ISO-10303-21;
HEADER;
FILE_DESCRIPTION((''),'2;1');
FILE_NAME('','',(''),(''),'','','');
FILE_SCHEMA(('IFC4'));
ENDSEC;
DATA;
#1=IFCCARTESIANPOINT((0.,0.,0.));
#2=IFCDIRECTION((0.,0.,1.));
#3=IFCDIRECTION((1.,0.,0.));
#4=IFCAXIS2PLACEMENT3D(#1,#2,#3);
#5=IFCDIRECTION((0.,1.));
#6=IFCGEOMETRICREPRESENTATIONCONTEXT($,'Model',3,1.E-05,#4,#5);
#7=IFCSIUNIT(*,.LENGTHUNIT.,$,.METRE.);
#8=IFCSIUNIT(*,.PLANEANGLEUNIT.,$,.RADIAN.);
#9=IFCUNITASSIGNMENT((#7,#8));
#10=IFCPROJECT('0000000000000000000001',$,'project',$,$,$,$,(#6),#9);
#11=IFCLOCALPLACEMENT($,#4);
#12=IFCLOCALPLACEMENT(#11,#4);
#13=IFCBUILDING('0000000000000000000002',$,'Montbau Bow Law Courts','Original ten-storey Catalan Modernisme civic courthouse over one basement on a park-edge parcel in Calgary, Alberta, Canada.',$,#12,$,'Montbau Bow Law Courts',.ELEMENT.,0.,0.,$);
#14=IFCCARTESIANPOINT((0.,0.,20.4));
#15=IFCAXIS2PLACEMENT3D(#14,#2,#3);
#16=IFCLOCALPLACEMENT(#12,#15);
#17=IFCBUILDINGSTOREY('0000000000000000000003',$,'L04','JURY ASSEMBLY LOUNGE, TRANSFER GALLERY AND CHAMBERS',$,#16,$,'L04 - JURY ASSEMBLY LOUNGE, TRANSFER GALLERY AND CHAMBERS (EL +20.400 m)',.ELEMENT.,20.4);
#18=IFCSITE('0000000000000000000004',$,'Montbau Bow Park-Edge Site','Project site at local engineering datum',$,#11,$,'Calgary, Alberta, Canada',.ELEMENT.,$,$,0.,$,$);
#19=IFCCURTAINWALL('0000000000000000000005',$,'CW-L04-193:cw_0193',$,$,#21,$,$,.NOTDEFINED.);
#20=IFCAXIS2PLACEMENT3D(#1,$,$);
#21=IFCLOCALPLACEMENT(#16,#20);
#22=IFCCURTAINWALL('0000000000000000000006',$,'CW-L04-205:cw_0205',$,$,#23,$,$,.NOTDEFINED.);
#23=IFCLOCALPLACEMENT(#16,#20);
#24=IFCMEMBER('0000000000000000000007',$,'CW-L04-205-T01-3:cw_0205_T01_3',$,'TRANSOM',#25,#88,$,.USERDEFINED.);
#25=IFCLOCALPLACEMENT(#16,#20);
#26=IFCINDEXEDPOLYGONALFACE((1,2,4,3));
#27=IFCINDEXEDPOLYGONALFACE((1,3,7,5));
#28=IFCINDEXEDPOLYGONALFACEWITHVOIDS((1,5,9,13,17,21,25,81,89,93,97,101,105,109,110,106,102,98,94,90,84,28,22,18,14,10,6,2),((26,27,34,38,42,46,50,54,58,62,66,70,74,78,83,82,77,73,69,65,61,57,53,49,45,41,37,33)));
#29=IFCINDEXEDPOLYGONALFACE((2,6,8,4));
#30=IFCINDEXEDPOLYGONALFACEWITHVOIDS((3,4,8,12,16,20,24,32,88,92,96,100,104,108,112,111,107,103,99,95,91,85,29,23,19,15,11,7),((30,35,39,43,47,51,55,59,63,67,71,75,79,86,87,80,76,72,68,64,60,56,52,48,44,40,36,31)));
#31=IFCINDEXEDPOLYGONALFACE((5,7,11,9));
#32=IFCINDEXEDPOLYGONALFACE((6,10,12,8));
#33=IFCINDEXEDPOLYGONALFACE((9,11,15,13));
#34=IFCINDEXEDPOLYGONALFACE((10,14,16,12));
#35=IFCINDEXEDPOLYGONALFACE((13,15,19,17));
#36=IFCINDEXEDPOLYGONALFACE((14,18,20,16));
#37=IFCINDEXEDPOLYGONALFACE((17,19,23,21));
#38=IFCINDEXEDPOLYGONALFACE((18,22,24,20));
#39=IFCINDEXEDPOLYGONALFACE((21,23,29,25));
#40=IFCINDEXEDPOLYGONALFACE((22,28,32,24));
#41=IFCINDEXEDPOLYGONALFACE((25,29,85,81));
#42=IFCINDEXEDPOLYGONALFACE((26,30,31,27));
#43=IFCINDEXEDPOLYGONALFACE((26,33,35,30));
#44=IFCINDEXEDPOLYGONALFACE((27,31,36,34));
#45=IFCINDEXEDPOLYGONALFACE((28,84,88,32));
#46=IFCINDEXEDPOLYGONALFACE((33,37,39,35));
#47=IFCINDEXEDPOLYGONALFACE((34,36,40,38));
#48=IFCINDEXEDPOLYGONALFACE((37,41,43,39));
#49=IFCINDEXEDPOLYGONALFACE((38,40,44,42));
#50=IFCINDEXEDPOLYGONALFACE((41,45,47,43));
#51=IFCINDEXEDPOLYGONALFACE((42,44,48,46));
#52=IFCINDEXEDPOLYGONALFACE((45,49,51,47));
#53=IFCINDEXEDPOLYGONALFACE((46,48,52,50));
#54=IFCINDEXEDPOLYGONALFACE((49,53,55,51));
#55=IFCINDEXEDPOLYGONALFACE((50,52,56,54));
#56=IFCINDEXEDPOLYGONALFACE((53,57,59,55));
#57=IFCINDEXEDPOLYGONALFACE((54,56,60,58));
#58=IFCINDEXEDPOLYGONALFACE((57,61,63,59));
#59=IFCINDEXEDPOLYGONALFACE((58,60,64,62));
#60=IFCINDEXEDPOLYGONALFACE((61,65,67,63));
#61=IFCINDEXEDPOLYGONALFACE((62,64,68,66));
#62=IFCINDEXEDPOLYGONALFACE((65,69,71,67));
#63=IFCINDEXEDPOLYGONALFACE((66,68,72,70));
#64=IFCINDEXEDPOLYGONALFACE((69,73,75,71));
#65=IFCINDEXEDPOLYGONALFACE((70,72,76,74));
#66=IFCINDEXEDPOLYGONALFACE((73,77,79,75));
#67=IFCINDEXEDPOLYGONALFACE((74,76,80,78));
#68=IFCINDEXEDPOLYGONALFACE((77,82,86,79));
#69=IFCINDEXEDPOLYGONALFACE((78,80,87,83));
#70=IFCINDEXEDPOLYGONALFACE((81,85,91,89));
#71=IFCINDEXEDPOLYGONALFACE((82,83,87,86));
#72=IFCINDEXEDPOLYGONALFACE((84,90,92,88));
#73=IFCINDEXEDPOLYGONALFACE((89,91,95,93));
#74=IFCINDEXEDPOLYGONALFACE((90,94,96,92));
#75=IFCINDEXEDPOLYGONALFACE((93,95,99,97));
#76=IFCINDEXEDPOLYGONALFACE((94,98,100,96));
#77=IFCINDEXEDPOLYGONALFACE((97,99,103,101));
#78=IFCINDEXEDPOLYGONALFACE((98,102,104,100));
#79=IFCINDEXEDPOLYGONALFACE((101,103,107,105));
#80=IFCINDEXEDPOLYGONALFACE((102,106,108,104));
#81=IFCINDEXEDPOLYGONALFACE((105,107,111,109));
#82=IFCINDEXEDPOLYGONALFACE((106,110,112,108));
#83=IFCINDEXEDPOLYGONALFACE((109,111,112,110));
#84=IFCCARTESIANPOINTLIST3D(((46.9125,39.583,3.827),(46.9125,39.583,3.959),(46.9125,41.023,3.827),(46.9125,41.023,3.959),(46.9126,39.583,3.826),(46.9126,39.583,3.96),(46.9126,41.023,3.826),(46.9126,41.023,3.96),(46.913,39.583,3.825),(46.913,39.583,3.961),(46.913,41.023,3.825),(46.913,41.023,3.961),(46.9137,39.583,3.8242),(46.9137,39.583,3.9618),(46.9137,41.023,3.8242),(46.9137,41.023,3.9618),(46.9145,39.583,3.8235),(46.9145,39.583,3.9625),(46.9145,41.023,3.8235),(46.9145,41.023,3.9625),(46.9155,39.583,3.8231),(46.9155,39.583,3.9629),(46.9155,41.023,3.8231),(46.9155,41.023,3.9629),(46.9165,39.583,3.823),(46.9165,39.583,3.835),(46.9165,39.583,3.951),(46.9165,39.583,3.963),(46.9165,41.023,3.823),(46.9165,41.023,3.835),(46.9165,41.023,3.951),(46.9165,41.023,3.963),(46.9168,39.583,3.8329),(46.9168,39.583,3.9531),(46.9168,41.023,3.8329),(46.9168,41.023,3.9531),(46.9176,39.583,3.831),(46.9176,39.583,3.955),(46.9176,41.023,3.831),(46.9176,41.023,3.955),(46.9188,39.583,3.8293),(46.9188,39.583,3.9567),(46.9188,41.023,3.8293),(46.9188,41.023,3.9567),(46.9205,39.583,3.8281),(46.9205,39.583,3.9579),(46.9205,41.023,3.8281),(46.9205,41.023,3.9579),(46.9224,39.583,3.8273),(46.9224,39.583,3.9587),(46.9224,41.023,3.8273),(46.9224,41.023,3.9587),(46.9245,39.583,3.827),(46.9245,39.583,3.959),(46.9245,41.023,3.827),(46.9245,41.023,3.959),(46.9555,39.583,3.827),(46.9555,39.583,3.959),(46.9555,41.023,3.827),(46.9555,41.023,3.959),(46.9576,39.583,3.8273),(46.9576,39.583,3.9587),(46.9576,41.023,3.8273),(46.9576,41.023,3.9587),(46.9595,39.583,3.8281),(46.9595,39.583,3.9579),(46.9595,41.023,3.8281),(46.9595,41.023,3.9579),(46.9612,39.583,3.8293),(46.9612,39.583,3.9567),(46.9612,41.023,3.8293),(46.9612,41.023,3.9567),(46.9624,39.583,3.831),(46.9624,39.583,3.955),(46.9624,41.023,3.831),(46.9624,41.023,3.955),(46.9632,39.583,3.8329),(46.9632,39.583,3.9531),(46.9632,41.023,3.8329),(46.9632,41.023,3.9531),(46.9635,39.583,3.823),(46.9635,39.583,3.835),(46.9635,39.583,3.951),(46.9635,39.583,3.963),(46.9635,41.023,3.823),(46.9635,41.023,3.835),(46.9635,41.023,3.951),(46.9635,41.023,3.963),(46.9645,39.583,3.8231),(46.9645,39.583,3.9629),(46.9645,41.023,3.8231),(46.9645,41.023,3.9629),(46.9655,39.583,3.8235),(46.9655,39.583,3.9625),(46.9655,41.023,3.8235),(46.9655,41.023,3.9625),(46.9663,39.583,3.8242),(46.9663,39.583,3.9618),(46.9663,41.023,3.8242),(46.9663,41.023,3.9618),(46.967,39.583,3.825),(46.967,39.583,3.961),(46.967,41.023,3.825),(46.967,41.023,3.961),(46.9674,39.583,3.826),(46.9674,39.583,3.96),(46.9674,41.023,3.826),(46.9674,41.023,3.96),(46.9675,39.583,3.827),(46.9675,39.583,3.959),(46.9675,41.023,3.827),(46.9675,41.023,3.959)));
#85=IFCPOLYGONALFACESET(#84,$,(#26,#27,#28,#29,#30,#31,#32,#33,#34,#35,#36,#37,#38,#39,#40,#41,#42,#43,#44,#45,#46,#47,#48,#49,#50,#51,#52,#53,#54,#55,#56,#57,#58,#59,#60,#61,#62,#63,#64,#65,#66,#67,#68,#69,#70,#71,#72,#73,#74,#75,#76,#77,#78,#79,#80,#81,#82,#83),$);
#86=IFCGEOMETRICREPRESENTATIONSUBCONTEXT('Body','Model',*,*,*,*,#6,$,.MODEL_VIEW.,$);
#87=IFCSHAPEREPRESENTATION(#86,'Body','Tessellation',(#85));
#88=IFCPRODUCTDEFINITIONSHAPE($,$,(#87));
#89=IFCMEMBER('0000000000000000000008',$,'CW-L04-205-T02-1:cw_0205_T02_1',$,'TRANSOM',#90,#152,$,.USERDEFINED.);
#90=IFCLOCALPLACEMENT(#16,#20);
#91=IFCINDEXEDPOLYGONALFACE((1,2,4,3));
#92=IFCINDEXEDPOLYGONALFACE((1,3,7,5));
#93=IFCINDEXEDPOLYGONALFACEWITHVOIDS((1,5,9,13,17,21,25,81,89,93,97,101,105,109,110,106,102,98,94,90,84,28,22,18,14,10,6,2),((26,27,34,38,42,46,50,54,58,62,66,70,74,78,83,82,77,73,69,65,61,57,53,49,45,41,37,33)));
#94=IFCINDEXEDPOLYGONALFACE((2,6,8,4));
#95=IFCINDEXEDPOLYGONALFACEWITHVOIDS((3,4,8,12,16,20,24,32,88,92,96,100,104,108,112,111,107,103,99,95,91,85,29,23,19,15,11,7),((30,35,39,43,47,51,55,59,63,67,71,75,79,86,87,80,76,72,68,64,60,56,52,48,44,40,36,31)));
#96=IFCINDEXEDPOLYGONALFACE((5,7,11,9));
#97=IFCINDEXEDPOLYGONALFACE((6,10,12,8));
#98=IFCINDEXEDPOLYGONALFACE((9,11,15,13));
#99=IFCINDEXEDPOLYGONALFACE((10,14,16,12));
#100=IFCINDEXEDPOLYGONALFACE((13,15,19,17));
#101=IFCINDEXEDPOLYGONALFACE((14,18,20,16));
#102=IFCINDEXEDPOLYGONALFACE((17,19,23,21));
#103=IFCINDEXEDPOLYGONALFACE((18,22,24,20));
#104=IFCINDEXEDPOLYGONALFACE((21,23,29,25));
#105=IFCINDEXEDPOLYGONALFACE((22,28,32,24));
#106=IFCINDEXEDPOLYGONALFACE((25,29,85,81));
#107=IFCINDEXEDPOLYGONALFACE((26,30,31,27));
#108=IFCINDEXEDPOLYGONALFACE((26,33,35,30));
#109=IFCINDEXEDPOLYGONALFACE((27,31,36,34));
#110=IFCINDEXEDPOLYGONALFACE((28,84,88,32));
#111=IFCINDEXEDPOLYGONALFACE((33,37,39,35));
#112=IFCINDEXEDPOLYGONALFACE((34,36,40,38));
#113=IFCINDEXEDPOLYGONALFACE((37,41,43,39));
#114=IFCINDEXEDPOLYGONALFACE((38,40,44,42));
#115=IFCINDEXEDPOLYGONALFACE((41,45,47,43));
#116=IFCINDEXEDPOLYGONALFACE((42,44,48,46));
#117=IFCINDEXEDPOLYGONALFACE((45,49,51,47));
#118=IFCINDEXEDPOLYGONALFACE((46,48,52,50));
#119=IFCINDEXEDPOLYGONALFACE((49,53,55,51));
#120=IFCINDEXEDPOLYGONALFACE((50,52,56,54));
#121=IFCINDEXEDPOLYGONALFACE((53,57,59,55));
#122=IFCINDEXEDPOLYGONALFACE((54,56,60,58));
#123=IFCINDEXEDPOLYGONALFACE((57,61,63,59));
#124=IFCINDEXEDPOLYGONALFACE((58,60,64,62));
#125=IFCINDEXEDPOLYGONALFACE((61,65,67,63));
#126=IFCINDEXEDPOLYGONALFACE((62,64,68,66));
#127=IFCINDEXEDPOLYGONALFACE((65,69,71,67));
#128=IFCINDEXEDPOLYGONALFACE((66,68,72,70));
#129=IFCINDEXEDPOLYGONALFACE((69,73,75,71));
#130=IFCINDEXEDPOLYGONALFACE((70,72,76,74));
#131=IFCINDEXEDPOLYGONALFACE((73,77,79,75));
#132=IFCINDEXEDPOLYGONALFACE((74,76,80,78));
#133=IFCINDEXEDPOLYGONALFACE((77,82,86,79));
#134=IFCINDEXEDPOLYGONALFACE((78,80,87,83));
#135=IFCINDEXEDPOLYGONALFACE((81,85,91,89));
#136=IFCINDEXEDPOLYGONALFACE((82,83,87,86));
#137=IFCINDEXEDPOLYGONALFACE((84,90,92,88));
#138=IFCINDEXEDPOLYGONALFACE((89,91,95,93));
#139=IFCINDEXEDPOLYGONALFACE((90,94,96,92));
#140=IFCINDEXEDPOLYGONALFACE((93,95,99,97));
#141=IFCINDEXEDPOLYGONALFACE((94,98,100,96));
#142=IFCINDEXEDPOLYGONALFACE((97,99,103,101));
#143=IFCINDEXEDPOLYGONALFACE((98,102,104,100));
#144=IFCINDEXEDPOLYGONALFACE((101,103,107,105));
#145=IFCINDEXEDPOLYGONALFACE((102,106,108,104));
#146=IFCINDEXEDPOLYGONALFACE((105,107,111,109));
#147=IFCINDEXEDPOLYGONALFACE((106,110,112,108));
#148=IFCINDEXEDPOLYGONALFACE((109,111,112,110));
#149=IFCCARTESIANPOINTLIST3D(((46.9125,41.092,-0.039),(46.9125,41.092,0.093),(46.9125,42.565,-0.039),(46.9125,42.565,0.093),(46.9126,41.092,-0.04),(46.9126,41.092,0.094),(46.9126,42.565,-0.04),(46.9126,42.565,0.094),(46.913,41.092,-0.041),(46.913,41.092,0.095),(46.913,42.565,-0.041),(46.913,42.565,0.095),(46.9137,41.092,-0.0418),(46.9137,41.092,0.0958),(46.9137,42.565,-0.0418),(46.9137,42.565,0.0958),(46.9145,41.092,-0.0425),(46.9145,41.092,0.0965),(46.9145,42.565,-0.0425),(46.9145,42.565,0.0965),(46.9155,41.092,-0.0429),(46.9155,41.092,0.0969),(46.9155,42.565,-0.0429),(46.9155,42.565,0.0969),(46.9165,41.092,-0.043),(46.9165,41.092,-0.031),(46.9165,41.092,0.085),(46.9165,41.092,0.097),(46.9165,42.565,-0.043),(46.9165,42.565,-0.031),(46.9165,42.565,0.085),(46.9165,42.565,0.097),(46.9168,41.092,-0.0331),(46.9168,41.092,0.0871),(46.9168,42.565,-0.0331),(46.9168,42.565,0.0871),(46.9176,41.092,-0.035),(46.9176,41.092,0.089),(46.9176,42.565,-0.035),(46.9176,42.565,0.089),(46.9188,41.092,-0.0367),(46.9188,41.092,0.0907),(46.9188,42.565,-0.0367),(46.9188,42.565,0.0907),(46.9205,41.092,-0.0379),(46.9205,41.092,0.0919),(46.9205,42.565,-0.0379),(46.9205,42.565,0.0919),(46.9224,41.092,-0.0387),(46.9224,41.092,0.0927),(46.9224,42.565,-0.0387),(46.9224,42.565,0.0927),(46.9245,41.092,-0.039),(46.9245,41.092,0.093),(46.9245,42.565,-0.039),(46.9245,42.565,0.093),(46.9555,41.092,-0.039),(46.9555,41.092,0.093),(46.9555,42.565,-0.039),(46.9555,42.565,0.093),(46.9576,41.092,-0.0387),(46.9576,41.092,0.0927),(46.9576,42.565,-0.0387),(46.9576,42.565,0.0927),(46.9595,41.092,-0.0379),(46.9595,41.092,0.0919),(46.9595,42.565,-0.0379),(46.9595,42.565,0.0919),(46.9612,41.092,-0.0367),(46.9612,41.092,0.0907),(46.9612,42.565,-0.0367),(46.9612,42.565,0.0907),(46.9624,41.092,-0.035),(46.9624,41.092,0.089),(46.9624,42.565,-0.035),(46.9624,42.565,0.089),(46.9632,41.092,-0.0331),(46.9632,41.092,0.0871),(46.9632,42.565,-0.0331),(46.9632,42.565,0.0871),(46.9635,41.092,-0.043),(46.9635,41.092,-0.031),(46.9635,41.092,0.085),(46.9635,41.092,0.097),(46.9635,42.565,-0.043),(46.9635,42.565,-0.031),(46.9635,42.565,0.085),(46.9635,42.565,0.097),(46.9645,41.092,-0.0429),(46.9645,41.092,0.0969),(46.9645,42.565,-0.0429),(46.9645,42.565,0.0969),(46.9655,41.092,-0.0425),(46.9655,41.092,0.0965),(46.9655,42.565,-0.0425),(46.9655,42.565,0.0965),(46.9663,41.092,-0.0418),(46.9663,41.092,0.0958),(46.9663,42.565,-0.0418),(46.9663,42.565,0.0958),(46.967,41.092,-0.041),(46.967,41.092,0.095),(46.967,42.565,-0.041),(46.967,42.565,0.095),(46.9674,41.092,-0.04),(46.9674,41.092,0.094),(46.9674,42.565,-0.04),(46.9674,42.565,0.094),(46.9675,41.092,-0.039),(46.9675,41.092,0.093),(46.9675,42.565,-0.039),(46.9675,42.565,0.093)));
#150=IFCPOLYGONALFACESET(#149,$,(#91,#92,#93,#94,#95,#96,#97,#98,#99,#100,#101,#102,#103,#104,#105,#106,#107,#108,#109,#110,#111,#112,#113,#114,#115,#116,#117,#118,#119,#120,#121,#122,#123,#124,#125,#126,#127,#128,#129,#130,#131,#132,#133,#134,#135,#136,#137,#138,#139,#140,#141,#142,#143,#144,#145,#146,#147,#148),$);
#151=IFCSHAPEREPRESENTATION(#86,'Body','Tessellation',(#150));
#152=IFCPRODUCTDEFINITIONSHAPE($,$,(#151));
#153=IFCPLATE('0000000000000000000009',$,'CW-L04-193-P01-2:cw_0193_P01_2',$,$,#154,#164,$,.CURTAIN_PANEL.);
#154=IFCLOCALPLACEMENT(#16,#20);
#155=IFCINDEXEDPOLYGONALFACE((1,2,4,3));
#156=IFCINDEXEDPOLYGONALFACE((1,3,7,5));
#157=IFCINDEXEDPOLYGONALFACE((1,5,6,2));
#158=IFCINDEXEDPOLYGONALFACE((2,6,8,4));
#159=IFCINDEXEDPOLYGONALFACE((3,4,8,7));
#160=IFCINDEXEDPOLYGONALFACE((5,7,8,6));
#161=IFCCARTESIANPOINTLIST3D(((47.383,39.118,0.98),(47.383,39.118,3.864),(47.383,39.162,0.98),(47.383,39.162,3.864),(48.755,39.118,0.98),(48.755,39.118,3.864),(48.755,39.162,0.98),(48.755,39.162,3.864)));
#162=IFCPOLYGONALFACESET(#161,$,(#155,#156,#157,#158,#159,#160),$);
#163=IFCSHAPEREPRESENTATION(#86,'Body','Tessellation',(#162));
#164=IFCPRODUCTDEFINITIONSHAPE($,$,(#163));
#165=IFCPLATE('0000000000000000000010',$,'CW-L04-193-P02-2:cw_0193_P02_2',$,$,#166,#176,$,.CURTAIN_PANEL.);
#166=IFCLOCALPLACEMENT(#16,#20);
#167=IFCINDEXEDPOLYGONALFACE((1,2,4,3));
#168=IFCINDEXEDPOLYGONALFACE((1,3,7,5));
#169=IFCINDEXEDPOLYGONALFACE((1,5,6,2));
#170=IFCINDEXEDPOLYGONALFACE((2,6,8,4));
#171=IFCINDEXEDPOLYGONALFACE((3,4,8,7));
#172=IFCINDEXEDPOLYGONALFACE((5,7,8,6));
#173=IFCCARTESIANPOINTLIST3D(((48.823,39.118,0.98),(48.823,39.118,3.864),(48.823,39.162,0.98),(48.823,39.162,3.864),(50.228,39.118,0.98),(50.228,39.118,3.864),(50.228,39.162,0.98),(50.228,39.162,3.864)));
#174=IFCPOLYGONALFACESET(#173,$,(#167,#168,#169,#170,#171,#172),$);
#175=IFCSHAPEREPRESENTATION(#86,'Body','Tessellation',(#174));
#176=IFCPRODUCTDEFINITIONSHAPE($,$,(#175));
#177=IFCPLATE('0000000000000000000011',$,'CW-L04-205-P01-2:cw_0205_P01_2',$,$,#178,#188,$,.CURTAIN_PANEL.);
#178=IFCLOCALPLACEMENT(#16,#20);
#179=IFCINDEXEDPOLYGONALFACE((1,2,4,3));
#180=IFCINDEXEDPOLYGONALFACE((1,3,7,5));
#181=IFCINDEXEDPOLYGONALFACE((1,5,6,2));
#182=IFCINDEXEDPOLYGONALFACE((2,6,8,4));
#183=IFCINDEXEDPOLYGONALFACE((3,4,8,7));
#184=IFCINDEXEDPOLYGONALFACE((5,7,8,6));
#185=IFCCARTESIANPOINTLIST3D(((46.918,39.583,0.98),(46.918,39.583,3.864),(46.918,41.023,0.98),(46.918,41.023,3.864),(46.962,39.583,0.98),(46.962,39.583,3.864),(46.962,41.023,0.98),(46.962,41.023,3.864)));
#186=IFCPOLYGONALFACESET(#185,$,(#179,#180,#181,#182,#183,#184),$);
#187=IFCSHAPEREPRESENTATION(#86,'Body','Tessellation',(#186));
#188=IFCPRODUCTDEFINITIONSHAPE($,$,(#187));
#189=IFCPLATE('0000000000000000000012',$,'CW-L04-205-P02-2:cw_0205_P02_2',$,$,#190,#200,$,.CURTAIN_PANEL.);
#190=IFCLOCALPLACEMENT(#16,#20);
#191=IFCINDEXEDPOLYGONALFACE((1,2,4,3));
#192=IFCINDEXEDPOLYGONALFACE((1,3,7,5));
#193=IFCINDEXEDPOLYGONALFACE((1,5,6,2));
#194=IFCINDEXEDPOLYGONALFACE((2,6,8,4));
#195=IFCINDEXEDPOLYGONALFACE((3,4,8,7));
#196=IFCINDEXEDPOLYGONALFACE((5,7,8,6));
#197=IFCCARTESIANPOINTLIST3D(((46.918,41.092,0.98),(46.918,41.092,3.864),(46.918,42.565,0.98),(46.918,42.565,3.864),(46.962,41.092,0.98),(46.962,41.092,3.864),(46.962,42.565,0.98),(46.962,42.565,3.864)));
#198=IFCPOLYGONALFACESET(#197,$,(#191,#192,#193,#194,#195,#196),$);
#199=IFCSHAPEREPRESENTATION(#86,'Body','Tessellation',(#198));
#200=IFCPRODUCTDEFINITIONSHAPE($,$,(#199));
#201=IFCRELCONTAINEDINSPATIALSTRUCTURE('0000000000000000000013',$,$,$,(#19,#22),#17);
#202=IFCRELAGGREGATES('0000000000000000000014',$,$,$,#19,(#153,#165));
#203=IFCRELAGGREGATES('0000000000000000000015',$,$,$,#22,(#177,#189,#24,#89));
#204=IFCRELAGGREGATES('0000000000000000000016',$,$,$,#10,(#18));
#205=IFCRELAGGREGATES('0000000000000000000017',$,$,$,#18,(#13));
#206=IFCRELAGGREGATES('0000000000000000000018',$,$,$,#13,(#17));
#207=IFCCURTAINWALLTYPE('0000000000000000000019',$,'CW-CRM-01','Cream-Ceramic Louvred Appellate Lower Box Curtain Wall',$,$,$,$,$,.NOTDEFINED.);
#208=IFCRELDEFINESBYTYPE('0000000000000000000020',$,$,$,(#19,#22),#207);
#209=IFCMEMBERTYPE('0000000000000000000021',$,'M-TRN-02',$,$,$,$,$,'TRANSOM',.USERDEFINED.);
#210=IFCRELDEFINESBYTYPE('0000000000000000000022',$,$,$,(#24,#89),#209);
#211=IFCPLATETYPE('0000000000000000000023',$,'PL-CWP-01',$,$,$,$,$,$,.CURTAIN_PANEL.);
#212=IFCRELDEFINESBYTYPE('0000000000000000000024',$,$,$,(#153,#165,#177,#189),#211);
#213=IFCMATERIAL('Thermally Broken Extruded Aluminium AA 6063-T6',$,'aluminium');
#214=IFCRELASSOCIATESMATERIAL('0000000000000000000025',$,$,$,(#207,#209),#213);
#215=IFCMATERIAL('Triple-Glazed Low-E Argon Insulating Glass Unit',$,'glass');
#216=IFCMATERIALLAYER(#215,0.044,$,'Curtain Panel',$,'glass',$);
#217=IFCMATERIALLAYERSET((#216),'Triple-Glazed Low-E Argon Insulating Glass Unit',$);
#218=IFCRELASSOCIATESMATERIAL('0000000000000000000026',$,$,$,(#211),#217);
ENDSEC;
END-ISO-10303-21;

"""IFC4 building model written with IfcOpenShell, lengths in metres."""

from ifc_helpers import new_model, si_unit, direction, frame, frame_2d, origin_with_axes, origin_2d_with_axis, place, context, subcontext, project, spatial, rectangle, hollow_rectangle, extrude, material, layer, layer_set, material_profile, profile_set, type_object, element, aggregate, save


model = new_model("IFC4")

# Units and contexts
model_context = context("Model", 3, precision=1e-05, world=origin_with_axes(), true_north=direction((0.0, 1.0)))
body_context = subcontext(model_context, "Body", "Model", "MODEL_VIEW")
ifc_project = project(units=[si_unit("LENGTHUNIT", "METRE"), si_unit("PLANEANGLEUNIT", "RADIAN")], contexts=[model_context])

# Site, building, storey
site_placement = place(None, origin_with_axes())
site = spatial("IfcSite", under=ifc_project, at=site_placement, Name="Montbau Bow Park-Edge Site", Description="Project site at local engineering datum", LongName="Calgary, Alberta, Canada", CompositionType="ELEMENT", RefElevation=0.0)
building_placement = place(site_placement, origin_with_axes())
building = spatial("IfcBuilding", under=site, at=building_placement, Name="Montbau Bow Law Courts", Description="Original ten-storey Catalan Modernisme civic courthouse over one basement on a park-edge parcel in Calgary, Alberta, Canada.", LongName="Montbau Bow Law Courts", CompositionType="ELEMENT", ElevationOfRefHeight=0.0, ElevationOfTerrain=0.0)
storey_placement = place(building_placement, frame((0.0, 0.0, 20.4), z_axis=(0.0, 0.0, 1.0), x_axis=(1.0, 0.0, 0.0)))
storey = spatial("IfcBuildingStorey", under=building, at=storey_placement, Name="L04", Description="JURY ASSEMBLY LOUNGE, TRANSFER GALLERY AND CHAMBERS", LongName="L04 - JURY ASSEMBLY LOUNGE, TRANSFER GALLERY AND CHAMBERS (EL +20.400 m)", CompositionType="ELEMENT", Elevation=20.4)

# Curtain walls
ifc_material_1 = material(Name="Thermally Broken Extruded Aluminium AA 6063-T6", Category="aluminium")
curtain_wall_type = type_object("IfcCurtainWallType", Name="CW-CRM-01", Description="Cream-Ceramic Louvred Appellate Lower Box Curtain Wall", PredefinedType="NOTDEFINED", material=ifc_material_1)
curtain_wall_1_placement = place(None, frame((47.315, 39.14, 20.4), z_axis=(0.0, 0.0, 1.0), x_axis=(1.0, 0.0, 0.0)))
curtain_wall_1 = element("IfcCurtainWall", 1, at=curtain_wall_1_placement, inside=storey, type_object=curtain_wall_type, Name="CW-L04-193:cw_0193", PredefinedType="NOTDEFINED")
curtain_wall_2_placement = place(None, frame((46.94, 39.515, 20.4), z_axis=(0.0, 0.0, 1.0), x_axis=(1.0, 0.0, 0.0)))
curtain_wall_2 = element("IfcCurtainWall", 2, at=curtain_wall_2_placement, inside=storey, type_object=curtain_wall_type, Name="CW-L04-205:cw_0205", PredefinedType="NOTDEFINED")

# Members
ifc_material_profile_1 = material_profile(ifc_material_1, hollow_rectangle(XDim=0.055, YDim=0.14, WallThickness=0.004, InnerFilletRadius=0.008, OuterFilletRadius=0.004, at=origin_2d_with_axis()), Name="CWT-140X55", Category="Main", Priority=0)
ifc_profile_set_1 = profile_set([ifc_material_profile_1], Name="Thermally Broken Extruded Aluminium AA 6063-T6")
member_type_1 = type_object("IfcMemberType", Name="M-TRN-02", ElementType="TRANSOM", PredefinedType="USERDEFINED", material=ifc_profile_set_1)
member_1_placement = place(None, frame((46.94, 39.583, 24.293), z_axis=(0.0, 1.0, 0.0), x_axis=(-1.0, 0.0, 0.0)))
member_1 = element("IfcMember", 3, at=member_1_placement, type_object=member_type_1, Name="CW-L04-205-T01-3:cw_0205_T01_3", ObjectType="TRANSOM", PredefinedType="USERDEFINED", context=body_context, shape_type="SweptSolid", body=[
    extrude(hollow_rectangle(XDim=0.055, YDim=0.14, WallThickness=0.004, InnerFilletRadius=0.008, OuterFilletRadius=0.004, at=origin_2d_with_axis()), origin_with_axes(), (0.0, 0.0, 1.0), 1.44),
])
member_2_placement = place(None, frame((46.94, 41.092, 20.427), z_axis=(0.0, 1.0, 0.0), x_axis=(-1.0, 0.0, 0.0)))
member_2 = element("IfcMember", 4, at=member_2_placement, type_object=member_type_1, Name="CW-L04-205-T02-1:cw_0205_T02_1", ObjectType="TRANSOM", PredefinedType="USERDEFINED", context=body_context, shape_type="SweptSolid", body=[
    extrude(hollow_rectangle(XDim=0.055, YDim=0.14, WallThickness=0.004, InnerFilletRadius=0.008, OuterFilletRadius=0.004, at=origin_2d_with_axis()), origin_with_axes(), (0.0, 0.0, 1.0), 1.473),
])

# Plates
ifc_material_2 = material(Name="Triple-Glazed Low-E Argon Insulating Glass Unit", Category="glass")
ifc_layer_1 = layer(ifc_material_2, 0.044, Name="Curtain Panel", Category="glass")
ifc_layer_set_1 = layer_set([ifc_layer_1], Name="Triple-Glazed Low-E Argon Insulating Glass Unit")
plate_type_1 = type_object("IfcPlateType", Name="PL-CWP-01", PredefinedType="CURTAIN_PANEL", material=ifc_layer_set_1)
plate_1_placement = place(None, frame((47.383, 39.14, 21.38), z_axis=(0.0, -1.0, 0.0), x_axis=(1.0, 0.0, 0.0)))
plate_1 = element("IfcPlate", 5, at=plate_1_placement, type_object=plate_type_1, Name="CW-L04-193-P01-2:cw_0193_P01_2", PredefinedType="CURTAIN_PANEL", context=body_context, shape_type="SweptSolid", body=[
    extrude(rectangle(XDim=1.372, YDim=2.884, at=frame_2d((0.686, 1.442), x_axis=(1.0, 0.0))), frame((0.0, 0.0, -0.022), z_axis=(0.0, 0.0, 1.0), x_axis=(1.0, 0.0, 0.0)), (0.0, 0.0, 1.0), 0.044),
])
plate_2_placement = place(None, frame((48.823, 39.14, 21.38), z_axis=(0.0, -1.0, 0.0), x_axis=(1.0, 0.0, 0.0)))
plate_2 = element("IfcPlate", 6, at=plate_2_placement, type_object=plate_type_1, Name="CW-L04-193-P02-2:cw_0193_P02_2", PredefinedType="CURTAIN_PANEL", context=body_context, shape_type="SweptSolid", body=[
    extrude(rectangle(XDim=1.405, YDim=2.884, at=frame_2d((0.7025, 1.442), x_axis=(1.0, 0.0))), frame((0.0, 0.0, -0.022), z_axis=(0.0, 0.0, 1.0), x_axis=(1.0, 0.0, 0.0)), (0.0, 0.0, 1.0), 0.044),
])
plate_3_placement = place(None, frame((46.94, 39.583, 21.38), z_axis=(1.0, 0.0, 0.0), x_axis=(0.0, 1.0, 0.0)))
plate_3 = element("IfcPlate", 7, at=plate_3_placement, type_object=plate_type_1, Name="CW-L04-205-P01-2:cw_0205_P01_2", PredefinedType="CURTAIN_PANEL", context=body_context, shape_type="SweptSolid", body=[
    extrude(rectangle(XDim=1.44, YDim=2.884, at=frame_2d((0.72, 1.442), x_axis=(1.0, 0.0))), frame((0.0, 0.0, -0.022), z_axis=(0.0, 0.0, 1.0), x_axis=(1.0, 0.0, 0.0)), (0.0, 0.0, 1.0), 0.044),
])
plate_4_placement = place(None, frame((46.94, 41.092, 21.38), z_axis=(1.0, 0.0, 0.0), x_axis=(0.0, 1.0, 0.0)))
plate_4 = element("IfcPlate", 8, at=plate_4_placement, type_object=plate_type_1, Name="CW-L04-205-P02-2:cw_0205_P02_2", PredefinedType="CURTAIN_PANEL", context=body_context, shape_type="SweptSolid", body=[
    extrude(rectangle(XDim=1.473, YDim=2.884, at=frame_2d((0.7365, 1.442), x_axis=(1.0, 0.0))), frame((0.0, 0.0, -0.022), z_axis=(0.0, 0.0, 1.0), x_axis=(1.0, 0.0, 0.0)), (0.0, 0.0, 1.0), 0.044),
])
aggregate(curtain_wall_1, [plate_1, plate_2])
aggregate(curtain_wall_2, [plate_3, plate_4, member_1, member_2])

save(model, "model.ifc")
